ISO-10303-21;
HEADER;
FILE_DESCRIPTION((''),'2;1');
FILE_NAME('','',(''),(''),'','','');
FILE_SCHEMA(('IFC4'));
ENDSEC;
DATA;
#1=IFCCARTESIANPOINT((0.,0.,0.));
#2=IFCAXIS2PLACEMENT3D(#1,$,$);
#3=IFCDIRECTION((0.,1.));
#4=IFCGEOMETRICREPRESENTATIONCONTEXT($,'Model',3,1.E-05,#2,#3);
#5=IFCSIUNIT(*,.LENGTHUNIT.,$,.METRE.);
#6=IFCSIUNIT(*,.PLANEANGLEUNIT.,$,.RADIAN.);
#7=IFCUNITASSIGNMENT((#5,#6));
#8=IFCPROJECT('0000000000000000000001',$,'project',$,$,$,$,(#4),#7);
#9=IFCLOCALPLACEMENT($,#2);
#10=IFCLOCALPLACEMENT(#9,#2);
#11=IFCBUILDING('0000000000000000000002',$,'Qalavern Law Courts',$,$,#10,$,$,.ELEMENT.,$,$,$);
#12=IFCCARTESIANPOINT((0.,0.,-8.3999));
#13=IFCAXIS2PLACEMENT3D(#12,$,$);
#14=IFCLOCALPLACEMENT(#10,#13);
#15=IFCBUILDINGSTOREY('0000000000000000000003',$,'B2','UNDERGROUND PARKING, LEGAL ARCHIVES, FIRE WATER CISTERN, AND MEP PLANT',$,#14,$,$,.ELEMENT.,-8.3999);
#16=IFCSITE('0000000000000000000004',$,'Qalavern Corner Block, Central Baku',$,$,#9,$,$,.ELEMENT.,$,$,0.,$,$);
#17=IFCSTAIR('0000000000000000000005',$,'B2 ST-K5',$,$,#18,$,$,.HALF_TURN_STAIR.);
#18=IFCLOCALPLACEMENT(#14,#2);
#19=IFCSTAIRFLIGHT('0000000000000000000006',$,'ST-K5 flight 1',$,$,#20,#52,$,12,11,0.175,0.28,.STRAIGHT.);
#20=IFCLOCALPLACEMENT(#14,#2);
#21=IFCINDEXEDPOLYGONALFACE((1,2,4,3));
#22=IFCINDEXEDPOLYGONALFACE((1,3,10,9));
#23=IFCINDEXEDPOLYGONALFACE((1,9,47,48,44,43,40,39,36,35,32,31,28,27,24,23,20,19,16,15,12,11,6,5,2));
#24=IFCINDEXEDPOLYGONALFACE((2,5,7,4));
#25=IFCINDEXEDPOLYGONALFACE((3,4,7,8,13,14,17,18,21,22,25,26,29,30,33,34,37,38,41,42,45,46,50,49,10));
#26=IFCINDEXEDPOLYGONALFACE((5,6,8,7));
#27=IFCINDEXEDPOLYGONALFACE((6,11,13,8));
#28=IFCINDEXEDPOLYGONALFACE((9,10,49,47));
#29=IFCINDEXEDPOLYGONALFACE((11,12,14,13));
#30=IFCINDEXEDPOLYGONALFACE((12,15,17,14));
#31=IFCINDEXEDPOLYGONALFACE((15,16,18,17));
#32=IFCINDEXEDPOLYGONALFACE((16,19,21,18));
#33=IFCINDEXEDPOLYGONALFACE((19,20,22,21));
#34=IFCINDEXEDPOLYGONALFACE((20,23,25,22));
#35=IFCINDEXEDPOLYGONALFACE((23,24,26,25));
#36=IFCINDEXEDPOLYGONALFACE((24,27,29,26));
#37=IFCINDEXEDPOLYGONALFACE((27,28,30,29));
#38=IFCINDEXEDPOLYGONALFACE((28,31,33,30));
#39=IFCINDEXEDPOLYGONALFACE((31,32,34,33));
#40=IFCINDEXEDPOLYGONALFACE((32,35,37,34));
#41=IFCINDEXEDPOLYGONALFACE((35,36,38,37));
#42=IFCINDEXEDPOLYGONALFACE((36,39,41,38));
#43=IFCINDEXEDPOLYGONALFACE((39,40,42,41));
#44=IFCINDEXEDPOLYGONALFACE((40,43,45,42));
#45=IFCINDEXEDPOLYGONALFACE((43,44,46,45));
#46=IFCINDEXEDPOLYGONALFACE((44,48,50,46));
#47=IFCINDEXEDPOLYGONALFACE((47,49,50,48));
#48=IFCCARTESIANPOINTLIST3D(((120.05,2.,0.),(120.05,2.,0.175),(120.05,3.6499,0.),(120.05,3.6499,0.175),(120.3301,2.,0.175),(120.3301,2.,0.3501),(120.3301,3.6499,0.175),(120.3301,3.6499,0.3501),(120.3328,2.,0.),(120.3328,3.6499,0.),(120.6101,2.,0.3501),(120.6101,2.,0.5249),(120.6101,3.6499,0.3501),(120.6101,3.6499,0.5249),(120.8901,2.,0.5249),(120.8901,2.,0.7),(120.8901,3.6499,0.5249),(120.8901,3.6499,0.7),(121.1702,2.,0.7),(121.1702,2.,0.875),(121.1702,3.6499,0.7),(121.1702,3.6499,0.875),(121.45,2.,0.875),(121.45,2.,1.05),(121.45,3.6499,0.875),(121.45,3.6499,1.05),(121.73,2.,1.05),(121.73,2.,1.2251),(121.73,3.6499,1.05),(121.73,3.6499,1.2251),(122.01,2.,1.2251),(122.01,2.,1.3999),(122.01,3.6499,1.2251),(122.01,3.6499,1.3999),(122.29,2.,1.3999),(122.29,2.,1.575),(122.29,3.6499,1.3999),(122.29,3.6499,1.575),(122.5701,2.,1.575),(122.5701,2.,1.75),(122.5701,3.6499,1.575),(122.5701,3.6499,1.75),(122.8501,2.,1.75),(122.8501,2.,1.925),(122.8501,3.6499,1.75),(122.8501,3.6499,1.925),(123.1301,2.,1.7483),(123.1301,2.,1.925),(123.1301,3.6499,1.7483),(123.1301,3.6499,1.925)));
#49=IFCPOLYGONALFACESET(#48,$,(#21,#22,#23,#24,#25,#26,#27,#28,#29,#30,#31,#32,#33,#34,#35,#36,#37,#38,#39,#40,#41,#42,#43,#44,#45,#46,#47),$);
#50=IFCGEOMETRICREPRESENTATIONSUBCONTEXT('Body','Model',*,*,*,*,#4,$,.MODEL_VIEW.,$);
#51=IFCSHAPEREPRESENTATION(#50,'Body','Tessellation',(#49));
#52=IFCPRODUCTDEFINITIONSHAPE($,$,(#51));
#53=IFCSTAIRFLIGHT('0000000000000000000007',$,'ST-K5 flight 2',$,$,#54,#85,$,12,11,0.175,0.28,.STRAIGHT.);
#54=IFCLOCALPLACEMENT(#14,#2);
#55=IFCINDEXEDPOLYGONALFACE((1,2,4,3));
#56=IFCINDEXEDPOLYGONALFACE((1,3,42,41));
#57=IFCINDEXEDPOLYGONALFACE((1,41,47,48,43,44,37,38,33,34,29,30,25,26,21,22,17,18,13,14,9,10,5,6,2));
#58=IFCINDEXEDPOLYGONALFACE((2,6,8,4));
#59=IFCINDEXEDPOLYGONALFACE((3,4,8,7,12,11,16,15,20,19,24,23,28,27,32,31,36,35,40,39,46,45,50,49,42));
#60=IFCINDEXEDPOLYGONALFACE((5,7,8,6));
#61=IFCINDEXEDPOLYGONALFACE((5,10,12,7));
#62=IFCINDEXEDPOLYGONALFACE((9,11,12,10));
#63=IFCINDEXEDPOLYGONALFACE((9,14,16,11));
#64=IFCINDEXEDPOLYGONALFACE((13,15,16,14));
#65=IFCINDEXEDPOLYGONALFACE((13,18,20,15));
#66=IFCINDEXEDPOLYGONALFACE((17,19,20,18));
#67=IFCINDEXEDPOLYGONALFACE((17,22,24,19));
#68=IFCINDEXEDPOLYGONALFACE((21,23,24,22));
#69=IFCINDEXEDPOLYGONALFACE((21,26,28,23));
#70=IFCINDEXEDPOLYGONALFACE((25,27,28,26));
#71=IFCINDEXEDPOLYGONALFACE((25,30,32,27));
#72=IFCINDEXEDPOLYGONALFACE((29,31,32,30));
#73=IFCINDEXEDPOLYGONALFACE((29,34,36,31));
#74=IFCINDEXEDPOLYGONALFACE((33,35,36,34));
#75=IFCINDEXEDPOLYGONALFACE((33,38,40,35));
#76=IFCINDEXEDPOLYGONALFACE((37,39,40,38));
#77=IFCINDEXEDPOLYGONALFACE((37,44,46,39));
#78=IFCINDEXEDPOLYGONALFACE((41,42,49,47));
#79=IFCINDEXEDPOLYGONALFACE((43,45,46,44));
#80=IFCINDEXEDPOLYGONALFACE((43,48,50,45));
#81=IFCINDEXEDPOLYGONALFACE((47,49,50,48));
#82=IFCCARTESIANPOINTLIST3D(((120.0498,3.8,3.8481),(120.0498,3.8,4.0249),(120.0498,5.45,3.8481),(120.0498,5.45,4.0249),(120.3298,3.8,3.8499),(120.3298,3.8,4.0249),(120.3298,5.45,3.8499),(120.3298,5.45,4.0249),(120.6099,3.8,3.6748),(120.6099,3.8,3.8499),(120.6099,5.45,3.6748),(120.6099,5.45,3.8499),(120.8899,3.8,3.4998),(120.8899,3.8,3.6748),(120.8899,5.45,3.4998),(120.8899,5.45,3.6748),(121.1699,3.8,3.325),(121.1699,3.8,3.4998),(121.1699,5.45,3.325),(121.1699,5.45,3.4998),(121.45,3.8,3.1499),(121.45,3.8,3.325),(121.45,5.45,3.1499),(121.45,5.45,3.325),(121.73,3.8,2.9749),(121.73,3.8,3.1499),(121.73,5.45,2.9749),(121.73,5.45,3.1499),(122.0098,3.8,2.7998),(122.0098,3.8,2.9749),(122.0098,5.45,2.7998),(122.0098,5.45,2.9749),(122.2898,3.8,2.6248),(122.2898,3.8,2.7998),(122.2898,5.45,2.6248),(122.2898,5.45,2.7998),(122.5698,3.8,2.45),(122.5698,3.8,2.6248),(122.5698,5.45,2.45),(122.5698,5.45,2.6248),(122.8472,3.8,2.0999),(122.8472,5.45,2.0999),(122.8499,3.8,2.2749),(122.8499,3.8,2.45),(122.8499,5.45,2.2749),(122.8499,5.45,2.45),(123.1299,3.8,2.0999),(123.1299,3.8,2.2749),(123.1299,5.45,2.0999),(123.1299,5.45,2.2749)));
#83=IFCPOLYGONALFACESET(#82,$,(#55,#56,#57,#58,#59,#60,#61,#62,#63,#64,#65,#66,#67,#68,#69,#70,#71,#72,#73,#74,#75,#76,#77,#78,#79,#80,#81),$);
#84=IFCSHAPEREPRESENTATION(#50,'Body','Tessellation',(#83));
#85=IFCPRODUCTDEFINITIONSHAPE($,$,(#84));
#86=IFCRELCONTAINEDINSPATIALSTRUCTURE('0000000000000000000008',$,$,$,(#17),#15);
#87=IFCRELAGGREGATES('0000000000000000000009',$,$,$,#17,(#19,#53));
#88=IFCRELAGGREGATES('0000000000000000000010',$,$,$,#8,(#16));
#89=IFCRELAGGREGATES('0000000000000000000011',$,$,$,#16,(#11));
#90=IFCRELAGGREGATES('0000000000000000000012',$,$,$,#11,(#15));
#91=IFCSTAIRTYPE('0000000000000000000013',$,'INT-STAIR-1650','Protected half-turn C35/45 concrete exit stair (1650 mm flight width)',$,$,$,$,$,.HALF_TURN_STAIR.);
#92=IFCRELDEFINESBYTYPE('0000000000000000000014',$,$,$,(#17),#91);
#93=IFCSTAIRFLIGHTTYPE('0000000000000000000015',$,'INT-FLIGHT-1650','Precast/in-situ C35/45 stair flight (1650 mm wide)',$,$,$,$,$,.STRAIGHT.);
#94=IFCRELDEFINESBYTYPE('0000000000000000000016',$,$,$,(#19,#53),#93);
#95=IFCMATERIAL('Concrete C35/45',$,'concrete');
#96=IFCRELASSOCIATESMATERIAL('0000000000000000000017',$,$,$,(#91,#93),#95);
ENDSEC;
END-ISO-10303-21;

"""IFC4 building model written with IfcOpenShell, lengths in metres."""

from ifc_helpers import new_model, si_unit, direction, frame, origin, place, context, subcontext, project, spatial, polyline, outline, extrude, material, type_object, element, aggregate, save


model = new_model("IFC4")

# Units and contexts
model_context = context("Model", 3, precision=1e-05, world=origin(), true_north=direction((0.0, 1.0)))
body_context = subcontext(model_context, "Body", "Model", "MODEL_VIEW")
ifc_project = project(units=[si_unit("LENGTHUNIT", "METRE"), si_unit("PLANEANGLEUNIT", "RADIAN")], contexts=[model_context])

# Site, building, storey
site_placement = place(None, origin())
site = spatial("IfcSite", under=ifc_project, at=site_placement, Name="Qalavern Corner Block, Central Baku", CompositionType="ELEMENT", RefElevation=0.0)
building_placement = place(site_placement, origin())
building = spatial("IfcBuilding", under=site, at=building_placement, Name="Qalavern Law Courts", CompositionType="ELEMENT")
storey_placement = place(building_placement, frame((0.0, 0.0, -8.3999)))
storey = spatial("IfcBuildingStorey", under=building, at=storey_placement, Name="B2", Description="UNDERGROUND PARKING, LEGAL ARCHIVES, FIRE WATER CISTERN, AND MEP PLANT", CompositionType="ELEMENT", Elevation=-8.3999)

# Shared definitions
ifc_material_1 = material(Name="Concrete C35/45", Category="concrete")

# Stair, stair flights
stair_type = type_object("IfcStairType", Name="INT-STAIR-1650", Description="Protected half-turn C35/45 concrete exit stair (1650 mm flight width)", PredefinedType="HALF_TURN_STAIR", material=ifc_material_1)
stair_placement = place(storey_placement, origin())
stair = element("IfcStair", 1, at=stair_placement, inside=storey, type_object=stair_type, Name="B2 ST-K5", PredefinedType="HALF_TURN_STAIR")
stair_flight_type = type_object("IfcStairFlightType", Name="INT-FLIGHT-1650", Description="Precast/in-situ C35/45 stair flight (1650 mm wide)", PredefinedType="STRAIGHT", material=ifc_material_1)
stair_flight_1_placement = place(storey_placement, frame((120.05, 2.825, 0.0), z_axis=(0.0, 0.0, 1.0), x_axis=(1.0, 0.0, 0.0)))
stair_flight_1 = element("IfcStairFlight", 2, at=stair_flight_1_placement, type_object=stair_flight_type, Name="ST-K5 flight 1", NumberOfRisers=12, NumberOfTreads=11, PredefinedType="STRAIGHT", RiserHeight=0.175, TreadLength=0.28, context=body_context, shape_type="SweptSolid", body=[
    extrude(outline(polyline([(0.0, 0.0), (0.0, 0.175), (0.28, 0.175), (0.28, 0.3501), (0.5601, 0.3501), (0.5601, 0.5249), (0.8401, 0.5249), (0.8401, 0.7), (1.1201, 0.7), (1.1201, 0.875), (1.3999, 0.875), (1.3999, 1.05), (1.6799, 1.05), (1.6799, 1.2251), (1.96, 1.2251), (1.96, 1.3999), (2.24, 1.3999), (2.24, 1.575), (2.52, 1.575), (2.52, 1.75), (2.8, 1.75), (2.8, 1.925), (3.0801, 1.925), (3.0801, 2.1001), (3.0801, 1.7483), (0.2827, 0.0), (0.0, 0.0)])), frame((0.0, 0.825, 0.0), z_axis=(0.0, -1.0, 0.0), x_axis=(1.0, 0.0, 0.0)), (0.0, 0.0, 1.0), 1.6499),
])
stair_flight_2_placement = place(storey_placement, frame((123.1299, 4.625, 2.0999), z_axis=(0.0, 0.0, 1.0), x_axis=(-1.0, 0.0, 0.0)))
stair_flight_2 = element("IfcStairFlight", 3, at=stair_flight_2_placement, type_object=stair_flight_type, Name="ST-K5 flight 2", NumberOfRisers=12, NumberOfTreads=11, PredefinedType="STRAIGHT", RiserHeight=0.175, TreadLength=0.28, context=body_context, shape_type="SweptSolid", body=[
    extrude(outline(polyline([(0.0, 0.0), (0.0, 0.175), (0.28, 0.175), (0.28, 0.3501), (0.5601, 0.3501), (0.5601, 0.5249), (0.8401, 0.5249), (0.8401, 0.7), (1.1201, 0.7), (1.1201, 0.875), (1.3999, 0.875), (1.3999, 1.05), (1.6799, 1.05), (1.6799, 1.2251), (1.96, 1.2251), (1.96, 1.3999), (2.24, 1.3999), (2.24, 1.575), (2.52, 1.575), (2.52, 1.75), (2.8, 1.75), (2.8, 1.925), (3.0801, 1.925), (3.0801, 2.1001), (3.0801, 1.7483), (0.2827, 0.0), (0.0, 0.0)])), frame((0.0, 0.825, 0.0), z_axis=(0.0, -1.0, 0.0), x_axis=(1.0, 0.0, 0.0)), (0.0, 0.0, 1.0), 1.6499),
])
aggregate(stair, [stair_flight_1, stair_flight_2])

save(model, "model.ifc")
